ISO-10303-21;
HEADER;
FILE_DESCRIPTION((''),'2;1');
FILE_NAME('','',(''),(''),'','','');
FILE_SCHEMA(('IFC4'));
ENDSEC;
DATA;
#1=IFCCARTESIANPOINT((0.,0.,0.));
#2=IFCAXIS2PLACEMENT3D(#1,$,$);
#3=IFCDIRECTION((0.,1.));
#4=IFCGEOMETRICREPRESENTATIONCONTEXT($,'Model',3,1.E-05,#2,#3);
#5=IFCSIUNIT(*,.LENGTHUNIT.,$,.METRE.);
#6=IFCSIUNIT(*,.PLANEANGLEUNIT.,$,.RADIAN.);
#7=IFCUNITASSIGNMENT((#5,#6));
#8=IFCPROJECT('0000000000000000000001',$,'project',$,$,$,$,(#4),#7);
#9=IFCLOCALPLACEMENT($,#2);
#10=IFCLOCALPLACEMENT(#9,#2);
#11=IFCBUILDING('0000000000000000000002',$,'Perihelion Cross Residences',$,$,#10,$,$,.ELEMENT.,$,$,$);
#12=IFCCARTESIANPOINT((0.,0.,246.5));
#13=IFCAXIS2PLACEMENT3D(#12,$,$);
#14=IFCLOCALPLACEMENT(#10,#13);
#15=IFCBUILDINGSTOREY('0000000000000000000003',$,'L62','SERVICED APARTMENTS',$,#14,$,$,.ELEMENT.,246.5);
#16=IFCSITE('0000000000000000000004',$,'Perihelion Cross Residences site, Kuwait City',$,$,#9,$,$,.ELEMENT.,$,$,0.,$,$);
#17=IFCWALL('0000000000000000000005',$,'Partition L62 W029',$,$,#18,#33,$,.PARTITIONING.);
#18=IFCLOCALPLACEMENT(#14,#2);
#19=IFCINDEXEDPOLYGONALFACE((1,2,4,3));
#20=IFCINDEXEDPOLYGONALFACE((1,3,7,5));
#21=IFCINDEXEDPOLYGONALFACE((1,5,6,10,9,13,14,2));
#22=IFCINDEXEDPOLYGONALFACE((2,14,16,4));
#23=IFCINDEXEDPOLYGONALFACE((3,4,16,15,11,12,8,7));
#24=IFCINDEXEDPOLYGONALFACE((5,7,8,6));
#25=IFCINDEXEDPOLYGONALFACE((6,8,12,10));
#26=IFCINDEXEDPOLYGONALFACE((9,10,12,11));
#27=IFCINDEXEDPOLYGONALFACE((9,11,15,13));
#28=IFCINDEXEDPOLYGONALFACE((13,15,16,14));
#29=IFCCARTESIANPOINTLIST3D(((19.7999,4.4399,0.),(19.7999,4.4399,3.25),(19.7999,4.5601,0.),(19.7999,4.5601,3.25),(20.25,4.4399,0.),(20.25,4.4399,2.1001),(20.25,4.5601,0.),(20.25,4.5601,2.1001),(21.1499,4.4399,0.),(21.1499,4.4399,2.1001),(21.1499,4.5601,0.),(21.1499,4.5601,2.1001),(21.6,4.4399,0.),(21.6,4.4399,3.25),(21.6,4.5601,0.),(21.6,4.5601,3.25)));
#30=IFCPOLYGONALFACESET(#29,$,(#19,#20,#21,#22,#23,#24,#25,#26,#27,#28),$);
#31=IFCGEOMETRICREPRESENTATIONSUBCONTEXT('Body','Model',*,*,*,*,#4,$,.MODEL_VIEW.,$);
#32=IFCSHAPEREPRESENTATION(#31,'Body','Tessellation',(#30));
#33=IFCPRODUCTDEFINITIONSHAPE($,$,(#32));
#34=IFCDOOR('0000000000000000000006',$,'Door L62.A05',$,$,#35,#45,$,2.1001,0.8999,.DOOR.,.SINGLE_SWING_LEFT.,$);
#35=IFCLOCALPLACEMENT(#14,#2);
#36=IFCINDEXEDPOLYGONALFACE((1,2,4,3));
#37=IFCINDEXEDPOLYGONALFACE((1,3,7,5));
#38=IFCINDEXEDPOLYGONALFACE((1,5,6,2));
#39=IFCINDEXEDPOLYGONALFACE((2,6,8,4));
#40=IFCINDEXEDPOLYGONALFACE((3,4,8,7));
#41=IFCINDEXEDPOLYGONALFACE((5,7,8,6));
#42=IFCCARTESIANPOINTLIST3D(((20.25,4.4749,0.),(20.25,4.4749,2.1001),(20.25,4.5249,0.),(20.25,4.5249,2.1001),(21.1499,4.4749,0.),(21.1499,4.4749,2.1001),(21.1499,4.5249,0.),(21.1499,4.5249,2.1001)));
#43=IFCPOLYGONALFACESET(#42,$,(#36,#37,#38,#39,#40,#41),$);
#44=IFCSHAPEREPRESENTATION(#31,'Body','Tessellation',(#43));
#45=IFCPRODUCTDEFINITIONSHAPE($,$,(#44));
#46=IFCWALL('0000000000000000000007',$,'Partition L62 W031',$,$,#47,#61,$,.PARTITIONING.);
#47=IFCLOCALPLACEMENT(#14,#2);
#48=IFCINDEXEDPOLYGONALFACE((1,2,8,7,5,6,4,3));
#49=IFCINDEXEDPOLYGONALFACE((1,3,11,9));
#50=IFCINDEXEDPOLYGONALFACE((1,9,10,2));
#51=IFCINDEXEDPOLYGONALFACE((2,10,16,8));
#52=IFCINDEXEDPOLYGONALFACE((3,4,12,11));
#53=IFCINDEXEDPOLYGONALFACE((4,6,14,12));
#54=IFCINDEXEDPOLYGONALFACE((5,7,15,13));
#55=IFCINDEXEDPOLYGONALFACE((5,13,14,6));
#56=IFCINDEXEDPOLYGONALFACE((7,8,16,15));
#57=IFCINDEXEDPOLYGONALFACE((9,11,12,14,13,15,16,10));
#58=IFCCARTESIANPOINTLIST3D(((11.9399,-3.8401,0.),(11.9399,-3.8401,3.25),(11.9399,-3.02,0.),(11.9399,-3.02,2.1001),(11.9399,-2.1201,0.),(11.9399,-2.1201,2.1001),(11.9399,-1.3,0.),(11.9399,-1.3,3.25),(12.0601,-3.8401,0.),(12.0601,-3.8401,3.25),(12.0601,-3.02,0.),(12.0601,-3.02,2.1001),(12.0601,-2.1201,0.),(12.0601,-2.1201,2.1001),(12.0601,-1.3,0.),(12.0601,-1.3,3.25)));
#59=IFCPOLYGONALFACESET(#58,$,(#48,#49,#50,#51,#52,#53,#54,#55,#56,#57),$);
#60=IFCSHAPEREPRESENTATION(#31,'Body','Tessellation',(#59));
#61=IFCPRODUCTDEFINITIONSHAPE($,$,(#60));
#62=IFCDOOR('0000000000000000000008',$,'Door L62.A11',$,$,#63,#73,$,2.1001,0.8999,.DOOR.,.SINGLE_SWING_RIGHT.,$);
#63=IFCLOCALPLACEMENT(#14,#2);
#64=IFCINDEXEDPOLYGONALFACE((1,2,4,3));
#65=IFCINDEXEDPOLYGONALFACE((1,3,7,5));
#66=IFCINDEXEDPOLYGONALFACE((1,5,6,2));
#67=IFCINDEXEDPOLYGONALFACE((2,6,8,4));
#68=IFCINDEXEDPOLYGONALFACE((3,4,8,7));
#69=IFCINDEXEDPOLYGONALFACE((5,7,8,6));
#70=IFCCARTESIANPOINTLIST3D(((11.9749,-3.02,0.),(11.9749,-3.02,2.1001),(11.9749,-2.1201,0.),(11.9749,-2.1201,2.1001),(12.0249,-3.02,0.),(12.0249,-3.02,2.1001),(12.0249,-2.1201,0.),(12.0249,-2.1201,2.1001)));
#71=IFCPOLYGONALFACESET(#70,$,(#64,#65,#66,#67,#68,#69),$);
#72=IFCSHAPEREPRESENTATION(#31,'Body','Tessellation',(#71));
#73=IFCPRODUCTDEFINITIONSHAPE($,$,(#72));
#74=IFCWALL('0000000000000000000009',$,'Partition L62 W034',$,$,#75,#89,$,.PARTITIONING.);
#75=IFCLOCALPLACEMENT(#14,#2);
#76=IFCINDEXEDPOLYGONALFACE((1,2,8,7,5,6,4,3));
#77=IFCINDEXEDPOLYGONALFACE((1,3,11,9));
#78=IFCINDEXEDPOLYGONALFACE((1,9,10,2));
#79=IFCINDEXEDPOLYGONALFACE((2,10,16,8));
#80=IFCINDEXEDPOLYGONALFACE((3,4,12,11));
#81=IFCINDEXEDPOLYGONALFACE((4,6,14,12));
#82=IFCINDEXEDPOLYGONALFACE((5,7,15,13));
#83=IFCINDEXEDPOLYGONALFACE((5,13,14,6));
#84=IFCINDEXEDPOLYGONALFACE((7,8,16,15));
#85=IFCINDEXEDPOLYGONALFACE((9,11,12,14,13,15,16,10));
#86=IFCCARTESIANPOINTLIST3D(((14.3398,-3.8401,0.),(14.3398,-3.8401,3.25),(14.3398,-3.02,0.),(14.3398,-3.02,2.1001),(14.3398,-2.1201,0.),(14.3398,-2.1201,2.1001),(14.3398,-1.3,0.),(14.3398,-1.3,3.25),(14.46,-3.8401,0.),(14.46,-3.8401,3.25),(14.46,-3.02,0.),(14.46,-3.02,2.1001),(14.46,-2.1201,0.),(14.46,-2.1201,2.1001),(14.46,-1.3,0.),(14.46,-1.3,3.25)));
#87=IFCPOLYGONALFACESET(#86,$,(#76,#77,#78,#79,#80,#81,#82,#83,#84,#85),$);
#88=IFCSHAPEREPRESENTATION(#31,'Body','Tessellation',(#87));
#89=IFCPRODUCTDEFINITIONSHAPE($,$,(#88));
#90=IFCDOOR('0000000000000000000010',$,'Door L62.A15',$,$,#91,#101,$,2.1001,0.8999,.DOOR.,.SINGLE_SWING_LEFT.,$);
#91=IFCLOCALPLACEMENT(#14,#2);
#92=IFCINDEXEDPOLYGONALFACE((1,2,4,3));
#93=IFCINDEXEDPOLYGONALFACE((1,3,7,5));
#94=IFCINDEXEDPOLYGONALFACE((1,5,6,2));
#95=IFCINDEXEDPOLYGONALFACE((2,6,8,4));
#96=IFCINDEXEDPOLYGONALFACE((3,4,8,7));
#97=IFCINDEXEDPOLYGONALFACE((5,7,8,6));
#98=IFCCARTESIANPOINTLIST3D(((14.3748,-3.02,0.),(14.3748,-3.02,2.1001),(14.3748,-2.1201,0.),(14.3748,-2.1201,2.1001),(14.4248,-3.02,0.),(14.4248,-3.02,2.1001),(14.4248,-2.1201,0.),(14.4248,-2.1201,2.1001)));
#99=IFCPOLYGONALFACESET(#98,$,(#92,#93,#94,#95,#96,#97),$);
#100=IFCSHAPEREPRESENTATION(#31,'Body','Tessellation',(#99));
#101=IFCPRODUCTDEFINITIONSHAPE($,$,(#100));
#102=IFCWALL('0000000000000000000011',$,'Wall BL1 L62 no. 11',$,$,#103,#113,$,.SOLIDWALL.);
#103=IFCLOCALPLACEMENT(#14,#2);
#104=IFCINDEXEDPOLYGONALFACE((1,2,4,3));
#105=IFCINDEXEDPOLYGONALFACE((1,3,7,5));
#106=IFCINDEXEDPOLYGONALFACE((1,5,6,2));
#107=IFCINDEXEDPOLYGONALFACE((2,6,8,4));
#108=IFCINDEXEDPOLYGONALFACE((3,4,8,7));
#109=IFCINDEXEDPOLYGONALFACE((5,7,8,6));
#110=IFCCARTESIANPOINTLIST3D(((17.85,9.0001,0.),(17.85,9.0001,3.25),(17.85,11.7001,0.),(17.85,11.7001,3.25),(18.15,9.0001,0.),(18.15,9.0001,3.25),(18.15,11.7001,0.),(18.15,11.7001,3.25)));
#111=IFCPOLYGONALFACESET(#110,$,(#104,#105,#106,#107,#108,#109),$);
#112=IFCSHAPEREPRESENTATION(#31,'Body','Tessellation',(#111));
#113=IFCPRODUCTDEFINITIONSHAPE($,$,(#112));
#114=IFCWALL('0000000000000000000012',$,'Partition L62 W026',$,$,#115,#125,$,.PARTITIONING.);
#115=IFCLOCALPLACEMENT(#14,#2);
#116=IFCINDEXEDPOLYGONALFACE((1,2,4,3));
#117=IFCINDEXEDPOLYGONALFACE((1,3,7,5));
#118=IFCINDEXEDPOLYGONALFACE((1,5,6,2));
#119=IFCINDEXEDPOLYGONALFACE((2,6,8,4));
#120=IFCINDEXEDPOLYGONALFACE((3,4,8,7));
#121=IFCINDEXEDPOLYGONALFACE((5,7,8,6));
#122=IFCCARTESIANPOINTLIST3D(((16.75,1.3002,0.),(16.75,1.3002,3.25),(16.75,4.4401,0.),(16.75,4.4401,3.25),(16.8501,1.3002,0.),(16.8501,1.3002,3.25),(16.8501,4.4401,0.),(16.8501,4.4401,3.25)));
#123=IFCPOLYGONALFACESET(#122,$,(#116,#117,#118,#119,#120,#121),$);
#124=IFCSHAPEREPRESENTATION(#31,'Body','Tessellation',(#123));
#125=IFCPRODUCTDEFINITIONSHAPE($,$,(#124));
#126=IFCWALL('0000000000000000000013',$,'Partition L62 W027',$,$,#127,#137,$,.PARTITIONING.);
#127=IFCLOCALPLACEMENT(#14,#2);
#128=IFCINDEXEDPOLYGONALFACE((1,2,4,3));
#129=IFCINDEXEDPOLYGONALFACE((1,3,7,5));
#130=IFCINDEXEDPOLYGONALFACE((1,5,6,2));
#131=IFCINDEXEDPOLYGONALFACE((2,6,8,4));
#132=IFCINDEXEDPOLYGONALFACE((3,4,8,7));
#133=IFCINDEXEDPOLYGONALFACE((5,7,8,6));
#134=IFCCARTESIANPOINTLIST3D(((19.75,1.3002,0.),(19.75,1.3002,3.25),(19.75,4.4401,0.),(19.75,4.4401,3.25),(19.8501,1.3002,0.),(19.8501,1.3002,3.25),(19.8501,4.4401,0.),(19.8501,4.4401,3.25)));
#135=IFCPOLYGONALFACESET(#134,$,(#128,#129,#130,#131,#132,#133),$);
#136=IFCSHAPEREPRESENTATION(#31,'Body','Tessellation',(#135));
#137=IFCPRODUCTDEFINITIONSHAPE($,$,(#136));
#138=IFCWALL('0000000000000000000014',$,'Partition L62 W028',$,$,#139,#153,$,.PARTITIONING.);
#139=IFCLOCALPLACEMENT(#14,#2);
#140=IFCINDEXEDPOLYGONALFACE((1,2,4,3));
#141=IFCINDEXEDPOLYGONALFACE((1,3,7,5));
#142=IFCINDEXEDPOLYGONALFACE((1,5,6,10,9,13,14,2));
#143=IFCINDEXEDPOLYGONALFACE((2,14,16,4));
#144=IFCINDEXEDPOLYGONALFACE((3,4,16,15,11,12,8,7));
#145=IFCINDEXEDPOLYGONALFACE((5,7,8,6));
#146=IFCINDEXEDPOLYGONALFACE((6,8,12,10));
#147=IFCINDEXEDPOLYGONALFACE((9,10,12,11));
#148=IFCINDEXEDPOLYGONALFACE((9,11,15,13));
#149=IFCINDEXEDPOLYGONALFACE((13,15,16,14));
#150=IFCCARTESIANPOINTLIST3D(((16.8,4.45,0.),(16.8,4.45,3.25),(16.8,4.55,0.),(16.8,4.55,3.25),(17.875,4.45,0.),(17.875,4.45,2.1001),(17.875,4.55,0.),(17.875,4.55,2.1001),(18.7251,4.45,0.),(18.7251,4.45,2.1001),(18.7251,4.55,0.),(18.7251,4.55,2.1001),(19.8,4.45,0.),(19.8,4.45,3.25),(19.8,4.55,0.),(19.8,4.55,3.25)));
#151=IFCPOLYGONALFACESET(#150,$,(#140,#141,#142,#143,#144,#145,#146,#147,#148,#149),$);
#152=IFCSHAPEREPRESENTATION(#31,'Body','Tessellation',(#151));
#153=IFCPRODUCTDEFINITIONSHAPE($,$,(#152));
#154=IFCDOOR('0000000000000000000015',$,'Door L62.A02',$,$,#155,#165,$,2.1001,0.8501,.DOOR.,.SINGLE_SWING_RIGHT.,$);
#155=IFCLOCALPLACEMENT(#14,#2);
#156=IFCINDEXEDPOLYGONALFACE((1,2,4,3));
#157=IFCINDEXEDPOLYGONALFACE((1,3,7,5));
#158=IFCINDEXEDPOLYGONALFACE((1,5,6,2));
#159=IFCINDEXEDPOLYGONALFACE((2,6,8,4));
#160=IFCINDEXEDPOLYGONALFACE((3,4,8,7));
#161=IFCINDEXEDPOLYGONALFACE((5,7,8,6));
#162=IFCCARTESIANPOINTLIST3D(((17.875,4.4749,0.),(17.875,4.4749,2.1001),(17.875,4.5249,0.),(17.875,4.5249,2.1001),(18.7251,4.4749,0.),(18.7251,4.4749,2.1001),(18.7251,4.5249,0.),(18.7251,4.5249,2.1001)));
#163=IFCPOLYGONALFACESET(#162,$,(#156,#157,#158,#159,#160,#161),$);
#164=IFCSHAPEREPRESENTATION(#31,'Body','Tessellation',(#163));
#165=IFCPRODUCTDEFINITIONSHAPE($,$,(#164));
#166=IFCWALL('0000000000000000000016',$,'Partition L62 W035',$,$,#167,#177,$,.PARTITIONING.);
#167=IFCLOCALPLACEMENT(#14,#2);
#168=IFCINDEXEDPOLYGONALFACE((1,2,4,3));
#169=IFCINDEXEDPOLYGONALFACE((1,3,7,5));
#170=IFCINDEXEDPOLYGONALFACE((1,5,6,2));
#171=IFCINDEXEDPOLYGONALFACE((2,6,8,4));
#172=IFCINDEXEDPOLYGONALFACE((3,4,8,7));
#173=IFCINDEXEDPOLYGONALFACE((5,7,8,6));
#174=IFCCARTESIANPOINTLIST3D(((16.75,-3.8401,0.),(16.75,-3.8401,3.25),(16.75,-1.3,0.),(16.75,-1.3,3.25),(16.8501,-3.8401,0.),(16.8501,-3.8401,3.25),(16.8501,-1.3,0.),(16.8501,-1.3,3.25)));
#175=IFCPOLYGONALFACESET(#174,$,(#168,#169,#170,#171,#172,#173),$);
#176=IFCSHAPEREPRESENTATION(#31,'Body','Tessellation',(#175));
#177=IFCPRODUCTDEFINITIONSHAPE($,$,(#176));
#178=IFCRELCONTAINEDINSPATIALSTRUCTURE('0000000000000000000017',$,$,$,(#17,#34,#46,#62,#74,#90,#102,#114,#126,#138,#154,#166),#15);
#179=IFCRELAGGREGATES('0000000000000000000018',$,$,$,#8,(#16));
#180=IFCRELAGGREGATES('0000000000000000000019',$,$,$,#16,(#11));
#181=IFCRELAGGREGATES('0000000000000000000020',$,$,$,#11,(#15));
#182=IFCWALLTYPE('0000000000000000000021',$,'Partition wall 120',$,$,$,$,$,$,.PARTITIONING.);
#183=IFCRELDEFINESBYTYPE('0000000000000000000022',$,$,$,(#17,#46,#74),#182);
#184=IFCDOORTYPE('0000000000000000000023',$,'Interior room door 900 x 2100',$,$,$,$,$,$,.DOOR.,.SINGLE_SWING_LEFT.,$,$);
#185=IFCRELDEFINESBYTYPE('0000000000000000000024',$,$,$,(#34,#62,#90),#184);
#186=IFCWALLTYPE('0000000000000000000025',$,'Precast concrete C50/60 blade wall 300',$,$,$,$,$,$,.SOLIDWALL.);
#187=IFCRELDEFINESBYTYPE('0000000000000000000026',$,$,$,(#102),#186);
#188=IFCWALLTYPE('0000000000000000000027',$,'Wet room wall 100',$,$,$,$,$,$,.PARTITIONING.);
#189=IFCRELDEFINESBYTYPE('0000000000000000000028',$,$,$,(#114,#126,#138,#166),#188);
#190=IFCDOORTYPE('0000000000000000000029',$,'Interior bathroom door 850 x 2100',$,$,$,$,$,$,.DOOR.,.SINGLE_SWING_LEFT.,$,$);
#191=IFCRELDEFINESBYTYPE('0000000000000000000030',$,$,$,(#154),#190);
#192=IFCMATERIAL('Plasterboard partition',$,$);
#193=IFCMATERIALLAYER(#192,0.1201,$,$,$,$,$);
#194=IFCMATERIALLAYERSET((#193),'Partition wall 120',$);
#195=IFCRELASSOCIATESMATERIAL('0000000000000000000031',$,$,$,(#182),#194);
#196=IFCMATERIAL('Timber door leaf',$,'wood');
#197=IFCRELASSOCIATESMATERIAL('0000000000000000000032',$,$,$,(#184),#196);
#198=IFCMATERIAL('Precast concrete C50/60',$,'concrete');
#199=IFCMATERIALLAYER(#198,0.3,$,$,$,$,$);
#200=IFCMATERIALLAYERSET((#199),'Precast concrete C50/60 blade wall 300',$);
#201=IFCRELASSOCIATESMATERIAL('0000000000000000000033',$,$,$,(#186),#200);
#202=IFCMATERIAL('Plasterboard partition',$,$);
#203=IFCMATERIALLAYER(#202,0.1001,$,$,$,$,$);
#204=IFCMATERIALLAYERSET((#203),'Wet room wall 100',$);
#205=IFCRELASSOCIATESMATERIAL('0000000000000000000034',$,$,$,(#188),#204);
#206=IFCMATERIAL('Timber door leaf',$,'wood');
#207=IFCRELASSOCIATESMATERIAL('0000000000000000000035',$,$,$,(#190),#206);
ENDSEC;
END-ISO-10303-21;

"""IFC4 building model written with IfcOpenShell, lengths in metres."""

from ifc_helpers import new_model, si_unit, direction, frame, frame_2d, origin, place, context, subcontext, project, spatial, rectangle, extrude, material, layer, layer_set, type_object, element, fill, save


model = new_model("IFC4")

# Units and contexts
model_context = context("Model", 3, precision=1e-05, world=origin(), true_north=direction((0.0, 1.0)))
body_context = subcontext(model_context, "Body", "Model", "MODEL_VIEW")
ifc_project = project(units=[si_unit("LENGTHUNIT", "METRE"), si_unit("PLANEANGLEUNIT", "RADIAN")], contexts=[model_context])

# Site, building, storey
site_placement = place(None, origin())
site = spatial("IfcSite", under=ifc_project, at=site_placement, Name="Perihelion Cross Residences site, Kuwait City", CompositionType="ELEMENT", RefElevation=0.0)
building_placement = place(site_placement, origin())
building = spatial("IfcBuilding", under=site, at=building_placement, Name="Perihelion Cross Residences", CompositionType="ELEMENT")
storey_placement = place(building_placement, frame((0.0, 0.0, 246.5)))
storey = spatial("IfcBuildingStorey", under=building, at=storey_placement, Name="L62", Description="SERVICED APARTMENTS", CompositionType="ELEMENT", Elevation=246.5)

# Walls, openings, doors
ifc_material_1 = material(Name="Plasterboard partition")
ifc_layer_1 = layer(ifc_material_1, 0.1201)
ifc_layer_set_1 = layer_set([ifc_layer_1], Name="Partition wall 120")
wall_type_1 = type_object("IfcWallType", Name="Partition wall 120", PredefinedType="PARTITIONING", material=ifc_layer_set_1)
ifc_material_2 = material(Name="Timber door leaf", Category="wood")
door_type_1 = type_object("IfcDoorType", Name="Interior room door 900 x 2100", OperationType="SINGLE_SWING_LEFT", PredefinedType="DOOR", material=ifc_material_2)
wall_1_placement = place(storey_placement, frame((19.8, 4.5, 0.0), z_axis=(0.0, 0.0, 1.0), x_axis=(1.0, 0.0, 0.0)))
wall_1 = element("IfcWall", 1, at=wall_1_placement, inside=storey, type_object=wall_type_1, Name="Partition L62 W029", PredefinedType="PARTITIONING", context=body_context, shape_type="SweptSolid", body=[
    extrude(rectangle(XDim=1.8, YDim=0.1201, at=frame_2d((0.8999, 0.0))), origin(), (0.0, 0.0, 1.0), 3.25),
])
opening_1_placement = place(wall_1_placement, frame((0.45, 0.0, 0.0)))
opening_1 = element("IfcOpeningElement", 2, at=opening_1_placement, cuts=wall_1, PredefinedType="OPENING", context=body_context, shape_type="SweptSolid", body=[
    extrude(rectangle(XDim=0.8999, YDim=2.1001, at=frame_2d((0.45, 1.05))), frame((0.0, 0.0701, 0.0), z_axis=(0.0, -1.0, 0.0), x_axis=(1.0, 0.0, 0.0)), (0.0, 0.0, 1.0), 0.1401),
])
door_1_placement = place(opening_1_placement, origin())
door_1 = element("IfcDoor", 3, at=door_1_placement, inside=storey, type_object=door_type_1, Name="Door L62.A05", OperationType="SINGLE_SWING_LEFT", OverallHeight=2.1001, OverallWidth=0.8999, PredefinedType="DOOR", context=body_context, shape_type="SweptSolid", body=[
    extrude(rectangle(XDim=0.8999, YDim=2.1001, at=frame_2d((0.45, 1.05))), frame((0.0, 0.0249, 0.0), z_axis=(0.0, -1.0, 0.0), x_axis=(1.0, 0.0, 0.0)), (0.0, 0.0, 1.0), 0.05),
])
fill(opening_1, door_1)
wall_2_placement = place(storey_placement, frame((12.0, -1.3, 0.0), z_axis=(0.0, 0.0, 1.0), x_axis=(0.0, -1.0, 0.0)))
wall_2 = element("IfcWall", 4, at=wall_2_placement, inside=storey, type_object=wall_type_1, Name="Partition L62 W031", PredefinedType="PARTITIONING", context=body_context, shape_type="SweptSolid", body=[
    extrude(rectangle(XDim=2.54, YDim=0.1201, at=frame_2d((1.27, 0.0))), origin(), (0.0, 0.0, 1.0), 3.25),
])
opening_2_placement = place(wall_2_placement, frame((0.8201, 0.0, 0.0)))
opening_2 = element("IfcOpeningElement", 5, at=opening_2_placement, cuts=wall_2, PredefinedType="OPENING", context=body_context, shape_type="SweptSolid", body=[
    extrude(rectangle(XDim=0.8999, YDim=2.1001, at=frame_2d((0.45, 1.05))), frame((0.0, 0.0701, 0.0), z_axis=(0.0, -1.0, 0.0), x_axis=(1.0, 0.0, 0.0)), (0.0, 0.0, 1.0), 0.1401),
])
door_2_placement = place(opening_2_placement, origin())
door_2 = element("IfcDoor", 6, at=door_2_placement, inside=storey, type_object=door_type_1, Name="Door L62.A11", OperationType="SINGLE_SWING_RIGHT", OverallHeight=2.1001, OverallWidth=0.8999, PredefinedType="DOOR", context=body_context, shape_type="SweptSolid", body=[
    extrude(rectangle(XDim=0.8999, YDim=2.1001, at=frame_2d((0.45, 1.05))), frame((0.0, 0.0249, 0.0), z_axis=(0.0, -1.0, 0.0), x_axis=(1.0, 0.0, 0.0)), (0.0, 0.0, 1.0), 0.05),
])
fill(opening_2, door_2)
wall_3_placement = place(storey_placement, frame((14.3999, -1.3, 0.0), z_axis=(0.0, 0.0, 1.0), x_axis=(0.0, -1.0, 0.0)))
wall_3 = element("IfcWall", 7, at=wall_3_placement, inside=storey, type_object=wall_type_1, Name="Partition L62 W034", PredefinedType="PARTITIONING", context=body_context, shape_type="SweptSolid", body=[
    extrude(rectangle(XDim=2.54, YDim=0.1201, at=frame_2d((1.27, 0.0))), origin(), (0.0, 0.0, 1.0), 3.25),
])
opening_3_placement = place(wall_3_placement, frame((0.8201, 0.0, 0.0)))
opening_3 = element("IfcOpeningElement", 8, at=opening_3_placement, cuts=wall_3, PredefinedType="OPENING", context=body_context, shape_type="SweptSolid", body=[
    extrude(rectangle(XDim=0.8999, YDim=2.1001, at=frame_2d((0.45, 1.05))), frame((0.0, 0.0701, 0.0), z_axis=(0.0, -1.0, 0.0), x_axis=(1.0, 0.0, 0.0)), (0.0, 0.0, 1.0), 0.1401),
])
door_3_placement = place(opening_3_placement, origin())
door_3 = element("IfcDoor", 9, at=door_3_placement, inside=storey, type_object=door_type_1, Name="Door L62.A15", OperationType="SINGLE_SWING_LEFT", OverallHeight=2.1001, OverallWidth=0.8999, PredefinedType="DOOR", context=body_context, shape_type="SweptSolid", body=[
    extrude(rectangle(XDim=0.8999, YDim=2.1001, at=frame_2d((0.45, 1.05))), frame((0.0, 0.0249, 0.0), z_axis=(0.0, -1.0, 0.0), x_axis=(1.0, 0.0, 0.0)), (0.0, 0.0, 1.0), 0.05),
])
fill(opening_3, door_3)

# Walls
ifc_material_3 = material(Name="Precast concrete C50/60", Category="concrete")
ifc_layer_2 = layer(ifc_material_3, 0.3)
ifc_layer_set_2 = layer_set([ifc_layer_2], Name="Precast concrete C50/60 blade wall 300")
wall_type_2 = type_object("IfcWallType", Name="Precast concrete C50/60 blade wall 300", PredefinedType="SOLIDWALL", material=ifc_layer_set_2)
wall_4_placement = place(storey_placement, frame((18.0, 9.0, 0.0), z_axis=(0.0, 0.0, 1.0), x_axis=(0.0, 1.0, 0.0)))
element("IfcWall", 10, at=wall_4_placement, inside=storey, type_object=wall_type_2, Name="Wall BL1 L62 no. 11", PredefinedType="SOLIDWALL", context=body_context, shape_type="SweptSolid", body=[
    extrude(rectangle(XDim=2.7, YDim=0.3, at=frame_2d((1.3501, 0.0))), origin(), (0.0, 0.0, 1.0), 3.25),
])
ifc_material_4 = material(Name="Plasterboard partition")
ifc_layer_3 = layer(ifc_material_4, 0.1001)
ifc_layer_set_3 = layer_set([ifc_layer_3], Name="Wet room wall 100")
wall_type_3 = type_object("IfcWallType", Name="Wet room wall 100", PredefinedType="PARTITIONING", material=ifc_layer_set_3)
for number, where, z_axis, x_axis, name in (
    (11, (16.8, 4.4399, 0.0), (0.0, 0.0, 1.0), (0.0, -1.0, 0.0), "Partition L62 W026"),
    (12, (19.8, 4.4399, 0.0), (0.0, 0.0, 1.0), (0.0, -1.0, 0.0), "Partition L62 W027"),
):
    element("IfcWall", number, at=place(storey_placement, frame(where, z_axis=z_axis, x_axis=x_axis)), inside=storey, type_object=wall_type_3, Name=name, PredefinedType="PARTITIONING", context=body_context, shape_type="SweptSolid", body=[
        extrude(rectangle(XDim=3.1399, YDim=0.1001, at=frame_2d((1.5698, 0.0))), origin(), (0.0, 0.0, 1.0), 3.25),
    ])

# Wall, opening, door
wall_5_placement = place(storey_placement, frame((16.8, 4.5, 0.0), z_axis=(0.0, 0.0, 1.0), x_axis=(1.0, 0.0, 0.0)))
wall_5 = element("IfcWall", 13, at=wall_5_placement, inside=storey, type_object=wall_type_3, Name="Partition L62 W028", PredefinedType="PARTITIONING", context=body_context, shape_type="SweptSolid", body=[
    extrude(rectangle(XDim=3.0, YDim=0.1001, at=frame_2d((1.5, 0.0))), origin(), (0.0, 0.0, 1.0), 3.25),
])
opening_4_placement = place(wall_5_placement, frame((1.075, 0.0, 0.0)))
opening_4 = element("IfcOpeningElement", 14, at=opening_4_placement, cuts=wall_5, PredefinedType="OPENING", context=body_context, shape_type="SweptSolid", body=[
    extrude(rectangle(XDim=0.8501, YDim=2.1001, at=frame_2d((0.425, 1.05))), frame((0.0, 0.0601, 0.0), z_axis=(0.0, -1.0, 0.0), x_axis=(1.0, 0.0, 0.0)), (0.0, 0.0, 1.0), 0.1201),
])
ifc_material_5 = material(Name="Timber door leaf", Category="wood")
door_type_2 = type_object("IfcDoorType", Name="Interior bathroom door 850 x 2100", OperationType="SINGLE_SWING_LEFT", PredefinedType="DOOR", material=ifc_material_5)
door_4_placement = place(opening_4_placement, origin())
door_4 = element("IfcDoor", 15, at=door_4_placement, inside=storey, type_object=door_type_2, Name="Door L62.A02", OperationType="SINGLE_SWING_RIGHT", OverallHeight=2.1001, OverallWidth=0.8501, PredefinedType="DOOR", context=body_context, shape_type="SweptSolid", body=[
    extrude(rectangle(XDim=0.8501, YDim=2.1001, at=frame_2d((0.425, 1.05))), frame((0.0, 0.0249, 0.0), z_axis=(0.0, -1.0, 0.0), x_axis=(1.0, 0.0, 0.0)), (0.0, 0.0, 1.0), 0.05),
])
fill(opening_4, door_4)

# Wall
for number, where, z_axis, x_axis, name in (
    (16, (16.8, -1.3, 0.0), (0.0, 0.0, 1.0), (0.0, -1.0, 0.0), "Partition L62 W035"),
):
    element("IfcWall", number, at=place(storey_placement, frame(where, z_axis=z_axis, x_axis=x_axis)), inside=storey, type_object=wall_type_3, Name=name, PredefinedType="PARTITIONING", context=body_context, shape_type="SweptSolid", body=[
        extrude(rectangle(XDim=2.54, YDim=0.1001, at=frame_2d((1.27, 0.0))), origin(), (0.0, 0.0, 1.0), 3.25),
    ])

save(model, "model.ifc")
